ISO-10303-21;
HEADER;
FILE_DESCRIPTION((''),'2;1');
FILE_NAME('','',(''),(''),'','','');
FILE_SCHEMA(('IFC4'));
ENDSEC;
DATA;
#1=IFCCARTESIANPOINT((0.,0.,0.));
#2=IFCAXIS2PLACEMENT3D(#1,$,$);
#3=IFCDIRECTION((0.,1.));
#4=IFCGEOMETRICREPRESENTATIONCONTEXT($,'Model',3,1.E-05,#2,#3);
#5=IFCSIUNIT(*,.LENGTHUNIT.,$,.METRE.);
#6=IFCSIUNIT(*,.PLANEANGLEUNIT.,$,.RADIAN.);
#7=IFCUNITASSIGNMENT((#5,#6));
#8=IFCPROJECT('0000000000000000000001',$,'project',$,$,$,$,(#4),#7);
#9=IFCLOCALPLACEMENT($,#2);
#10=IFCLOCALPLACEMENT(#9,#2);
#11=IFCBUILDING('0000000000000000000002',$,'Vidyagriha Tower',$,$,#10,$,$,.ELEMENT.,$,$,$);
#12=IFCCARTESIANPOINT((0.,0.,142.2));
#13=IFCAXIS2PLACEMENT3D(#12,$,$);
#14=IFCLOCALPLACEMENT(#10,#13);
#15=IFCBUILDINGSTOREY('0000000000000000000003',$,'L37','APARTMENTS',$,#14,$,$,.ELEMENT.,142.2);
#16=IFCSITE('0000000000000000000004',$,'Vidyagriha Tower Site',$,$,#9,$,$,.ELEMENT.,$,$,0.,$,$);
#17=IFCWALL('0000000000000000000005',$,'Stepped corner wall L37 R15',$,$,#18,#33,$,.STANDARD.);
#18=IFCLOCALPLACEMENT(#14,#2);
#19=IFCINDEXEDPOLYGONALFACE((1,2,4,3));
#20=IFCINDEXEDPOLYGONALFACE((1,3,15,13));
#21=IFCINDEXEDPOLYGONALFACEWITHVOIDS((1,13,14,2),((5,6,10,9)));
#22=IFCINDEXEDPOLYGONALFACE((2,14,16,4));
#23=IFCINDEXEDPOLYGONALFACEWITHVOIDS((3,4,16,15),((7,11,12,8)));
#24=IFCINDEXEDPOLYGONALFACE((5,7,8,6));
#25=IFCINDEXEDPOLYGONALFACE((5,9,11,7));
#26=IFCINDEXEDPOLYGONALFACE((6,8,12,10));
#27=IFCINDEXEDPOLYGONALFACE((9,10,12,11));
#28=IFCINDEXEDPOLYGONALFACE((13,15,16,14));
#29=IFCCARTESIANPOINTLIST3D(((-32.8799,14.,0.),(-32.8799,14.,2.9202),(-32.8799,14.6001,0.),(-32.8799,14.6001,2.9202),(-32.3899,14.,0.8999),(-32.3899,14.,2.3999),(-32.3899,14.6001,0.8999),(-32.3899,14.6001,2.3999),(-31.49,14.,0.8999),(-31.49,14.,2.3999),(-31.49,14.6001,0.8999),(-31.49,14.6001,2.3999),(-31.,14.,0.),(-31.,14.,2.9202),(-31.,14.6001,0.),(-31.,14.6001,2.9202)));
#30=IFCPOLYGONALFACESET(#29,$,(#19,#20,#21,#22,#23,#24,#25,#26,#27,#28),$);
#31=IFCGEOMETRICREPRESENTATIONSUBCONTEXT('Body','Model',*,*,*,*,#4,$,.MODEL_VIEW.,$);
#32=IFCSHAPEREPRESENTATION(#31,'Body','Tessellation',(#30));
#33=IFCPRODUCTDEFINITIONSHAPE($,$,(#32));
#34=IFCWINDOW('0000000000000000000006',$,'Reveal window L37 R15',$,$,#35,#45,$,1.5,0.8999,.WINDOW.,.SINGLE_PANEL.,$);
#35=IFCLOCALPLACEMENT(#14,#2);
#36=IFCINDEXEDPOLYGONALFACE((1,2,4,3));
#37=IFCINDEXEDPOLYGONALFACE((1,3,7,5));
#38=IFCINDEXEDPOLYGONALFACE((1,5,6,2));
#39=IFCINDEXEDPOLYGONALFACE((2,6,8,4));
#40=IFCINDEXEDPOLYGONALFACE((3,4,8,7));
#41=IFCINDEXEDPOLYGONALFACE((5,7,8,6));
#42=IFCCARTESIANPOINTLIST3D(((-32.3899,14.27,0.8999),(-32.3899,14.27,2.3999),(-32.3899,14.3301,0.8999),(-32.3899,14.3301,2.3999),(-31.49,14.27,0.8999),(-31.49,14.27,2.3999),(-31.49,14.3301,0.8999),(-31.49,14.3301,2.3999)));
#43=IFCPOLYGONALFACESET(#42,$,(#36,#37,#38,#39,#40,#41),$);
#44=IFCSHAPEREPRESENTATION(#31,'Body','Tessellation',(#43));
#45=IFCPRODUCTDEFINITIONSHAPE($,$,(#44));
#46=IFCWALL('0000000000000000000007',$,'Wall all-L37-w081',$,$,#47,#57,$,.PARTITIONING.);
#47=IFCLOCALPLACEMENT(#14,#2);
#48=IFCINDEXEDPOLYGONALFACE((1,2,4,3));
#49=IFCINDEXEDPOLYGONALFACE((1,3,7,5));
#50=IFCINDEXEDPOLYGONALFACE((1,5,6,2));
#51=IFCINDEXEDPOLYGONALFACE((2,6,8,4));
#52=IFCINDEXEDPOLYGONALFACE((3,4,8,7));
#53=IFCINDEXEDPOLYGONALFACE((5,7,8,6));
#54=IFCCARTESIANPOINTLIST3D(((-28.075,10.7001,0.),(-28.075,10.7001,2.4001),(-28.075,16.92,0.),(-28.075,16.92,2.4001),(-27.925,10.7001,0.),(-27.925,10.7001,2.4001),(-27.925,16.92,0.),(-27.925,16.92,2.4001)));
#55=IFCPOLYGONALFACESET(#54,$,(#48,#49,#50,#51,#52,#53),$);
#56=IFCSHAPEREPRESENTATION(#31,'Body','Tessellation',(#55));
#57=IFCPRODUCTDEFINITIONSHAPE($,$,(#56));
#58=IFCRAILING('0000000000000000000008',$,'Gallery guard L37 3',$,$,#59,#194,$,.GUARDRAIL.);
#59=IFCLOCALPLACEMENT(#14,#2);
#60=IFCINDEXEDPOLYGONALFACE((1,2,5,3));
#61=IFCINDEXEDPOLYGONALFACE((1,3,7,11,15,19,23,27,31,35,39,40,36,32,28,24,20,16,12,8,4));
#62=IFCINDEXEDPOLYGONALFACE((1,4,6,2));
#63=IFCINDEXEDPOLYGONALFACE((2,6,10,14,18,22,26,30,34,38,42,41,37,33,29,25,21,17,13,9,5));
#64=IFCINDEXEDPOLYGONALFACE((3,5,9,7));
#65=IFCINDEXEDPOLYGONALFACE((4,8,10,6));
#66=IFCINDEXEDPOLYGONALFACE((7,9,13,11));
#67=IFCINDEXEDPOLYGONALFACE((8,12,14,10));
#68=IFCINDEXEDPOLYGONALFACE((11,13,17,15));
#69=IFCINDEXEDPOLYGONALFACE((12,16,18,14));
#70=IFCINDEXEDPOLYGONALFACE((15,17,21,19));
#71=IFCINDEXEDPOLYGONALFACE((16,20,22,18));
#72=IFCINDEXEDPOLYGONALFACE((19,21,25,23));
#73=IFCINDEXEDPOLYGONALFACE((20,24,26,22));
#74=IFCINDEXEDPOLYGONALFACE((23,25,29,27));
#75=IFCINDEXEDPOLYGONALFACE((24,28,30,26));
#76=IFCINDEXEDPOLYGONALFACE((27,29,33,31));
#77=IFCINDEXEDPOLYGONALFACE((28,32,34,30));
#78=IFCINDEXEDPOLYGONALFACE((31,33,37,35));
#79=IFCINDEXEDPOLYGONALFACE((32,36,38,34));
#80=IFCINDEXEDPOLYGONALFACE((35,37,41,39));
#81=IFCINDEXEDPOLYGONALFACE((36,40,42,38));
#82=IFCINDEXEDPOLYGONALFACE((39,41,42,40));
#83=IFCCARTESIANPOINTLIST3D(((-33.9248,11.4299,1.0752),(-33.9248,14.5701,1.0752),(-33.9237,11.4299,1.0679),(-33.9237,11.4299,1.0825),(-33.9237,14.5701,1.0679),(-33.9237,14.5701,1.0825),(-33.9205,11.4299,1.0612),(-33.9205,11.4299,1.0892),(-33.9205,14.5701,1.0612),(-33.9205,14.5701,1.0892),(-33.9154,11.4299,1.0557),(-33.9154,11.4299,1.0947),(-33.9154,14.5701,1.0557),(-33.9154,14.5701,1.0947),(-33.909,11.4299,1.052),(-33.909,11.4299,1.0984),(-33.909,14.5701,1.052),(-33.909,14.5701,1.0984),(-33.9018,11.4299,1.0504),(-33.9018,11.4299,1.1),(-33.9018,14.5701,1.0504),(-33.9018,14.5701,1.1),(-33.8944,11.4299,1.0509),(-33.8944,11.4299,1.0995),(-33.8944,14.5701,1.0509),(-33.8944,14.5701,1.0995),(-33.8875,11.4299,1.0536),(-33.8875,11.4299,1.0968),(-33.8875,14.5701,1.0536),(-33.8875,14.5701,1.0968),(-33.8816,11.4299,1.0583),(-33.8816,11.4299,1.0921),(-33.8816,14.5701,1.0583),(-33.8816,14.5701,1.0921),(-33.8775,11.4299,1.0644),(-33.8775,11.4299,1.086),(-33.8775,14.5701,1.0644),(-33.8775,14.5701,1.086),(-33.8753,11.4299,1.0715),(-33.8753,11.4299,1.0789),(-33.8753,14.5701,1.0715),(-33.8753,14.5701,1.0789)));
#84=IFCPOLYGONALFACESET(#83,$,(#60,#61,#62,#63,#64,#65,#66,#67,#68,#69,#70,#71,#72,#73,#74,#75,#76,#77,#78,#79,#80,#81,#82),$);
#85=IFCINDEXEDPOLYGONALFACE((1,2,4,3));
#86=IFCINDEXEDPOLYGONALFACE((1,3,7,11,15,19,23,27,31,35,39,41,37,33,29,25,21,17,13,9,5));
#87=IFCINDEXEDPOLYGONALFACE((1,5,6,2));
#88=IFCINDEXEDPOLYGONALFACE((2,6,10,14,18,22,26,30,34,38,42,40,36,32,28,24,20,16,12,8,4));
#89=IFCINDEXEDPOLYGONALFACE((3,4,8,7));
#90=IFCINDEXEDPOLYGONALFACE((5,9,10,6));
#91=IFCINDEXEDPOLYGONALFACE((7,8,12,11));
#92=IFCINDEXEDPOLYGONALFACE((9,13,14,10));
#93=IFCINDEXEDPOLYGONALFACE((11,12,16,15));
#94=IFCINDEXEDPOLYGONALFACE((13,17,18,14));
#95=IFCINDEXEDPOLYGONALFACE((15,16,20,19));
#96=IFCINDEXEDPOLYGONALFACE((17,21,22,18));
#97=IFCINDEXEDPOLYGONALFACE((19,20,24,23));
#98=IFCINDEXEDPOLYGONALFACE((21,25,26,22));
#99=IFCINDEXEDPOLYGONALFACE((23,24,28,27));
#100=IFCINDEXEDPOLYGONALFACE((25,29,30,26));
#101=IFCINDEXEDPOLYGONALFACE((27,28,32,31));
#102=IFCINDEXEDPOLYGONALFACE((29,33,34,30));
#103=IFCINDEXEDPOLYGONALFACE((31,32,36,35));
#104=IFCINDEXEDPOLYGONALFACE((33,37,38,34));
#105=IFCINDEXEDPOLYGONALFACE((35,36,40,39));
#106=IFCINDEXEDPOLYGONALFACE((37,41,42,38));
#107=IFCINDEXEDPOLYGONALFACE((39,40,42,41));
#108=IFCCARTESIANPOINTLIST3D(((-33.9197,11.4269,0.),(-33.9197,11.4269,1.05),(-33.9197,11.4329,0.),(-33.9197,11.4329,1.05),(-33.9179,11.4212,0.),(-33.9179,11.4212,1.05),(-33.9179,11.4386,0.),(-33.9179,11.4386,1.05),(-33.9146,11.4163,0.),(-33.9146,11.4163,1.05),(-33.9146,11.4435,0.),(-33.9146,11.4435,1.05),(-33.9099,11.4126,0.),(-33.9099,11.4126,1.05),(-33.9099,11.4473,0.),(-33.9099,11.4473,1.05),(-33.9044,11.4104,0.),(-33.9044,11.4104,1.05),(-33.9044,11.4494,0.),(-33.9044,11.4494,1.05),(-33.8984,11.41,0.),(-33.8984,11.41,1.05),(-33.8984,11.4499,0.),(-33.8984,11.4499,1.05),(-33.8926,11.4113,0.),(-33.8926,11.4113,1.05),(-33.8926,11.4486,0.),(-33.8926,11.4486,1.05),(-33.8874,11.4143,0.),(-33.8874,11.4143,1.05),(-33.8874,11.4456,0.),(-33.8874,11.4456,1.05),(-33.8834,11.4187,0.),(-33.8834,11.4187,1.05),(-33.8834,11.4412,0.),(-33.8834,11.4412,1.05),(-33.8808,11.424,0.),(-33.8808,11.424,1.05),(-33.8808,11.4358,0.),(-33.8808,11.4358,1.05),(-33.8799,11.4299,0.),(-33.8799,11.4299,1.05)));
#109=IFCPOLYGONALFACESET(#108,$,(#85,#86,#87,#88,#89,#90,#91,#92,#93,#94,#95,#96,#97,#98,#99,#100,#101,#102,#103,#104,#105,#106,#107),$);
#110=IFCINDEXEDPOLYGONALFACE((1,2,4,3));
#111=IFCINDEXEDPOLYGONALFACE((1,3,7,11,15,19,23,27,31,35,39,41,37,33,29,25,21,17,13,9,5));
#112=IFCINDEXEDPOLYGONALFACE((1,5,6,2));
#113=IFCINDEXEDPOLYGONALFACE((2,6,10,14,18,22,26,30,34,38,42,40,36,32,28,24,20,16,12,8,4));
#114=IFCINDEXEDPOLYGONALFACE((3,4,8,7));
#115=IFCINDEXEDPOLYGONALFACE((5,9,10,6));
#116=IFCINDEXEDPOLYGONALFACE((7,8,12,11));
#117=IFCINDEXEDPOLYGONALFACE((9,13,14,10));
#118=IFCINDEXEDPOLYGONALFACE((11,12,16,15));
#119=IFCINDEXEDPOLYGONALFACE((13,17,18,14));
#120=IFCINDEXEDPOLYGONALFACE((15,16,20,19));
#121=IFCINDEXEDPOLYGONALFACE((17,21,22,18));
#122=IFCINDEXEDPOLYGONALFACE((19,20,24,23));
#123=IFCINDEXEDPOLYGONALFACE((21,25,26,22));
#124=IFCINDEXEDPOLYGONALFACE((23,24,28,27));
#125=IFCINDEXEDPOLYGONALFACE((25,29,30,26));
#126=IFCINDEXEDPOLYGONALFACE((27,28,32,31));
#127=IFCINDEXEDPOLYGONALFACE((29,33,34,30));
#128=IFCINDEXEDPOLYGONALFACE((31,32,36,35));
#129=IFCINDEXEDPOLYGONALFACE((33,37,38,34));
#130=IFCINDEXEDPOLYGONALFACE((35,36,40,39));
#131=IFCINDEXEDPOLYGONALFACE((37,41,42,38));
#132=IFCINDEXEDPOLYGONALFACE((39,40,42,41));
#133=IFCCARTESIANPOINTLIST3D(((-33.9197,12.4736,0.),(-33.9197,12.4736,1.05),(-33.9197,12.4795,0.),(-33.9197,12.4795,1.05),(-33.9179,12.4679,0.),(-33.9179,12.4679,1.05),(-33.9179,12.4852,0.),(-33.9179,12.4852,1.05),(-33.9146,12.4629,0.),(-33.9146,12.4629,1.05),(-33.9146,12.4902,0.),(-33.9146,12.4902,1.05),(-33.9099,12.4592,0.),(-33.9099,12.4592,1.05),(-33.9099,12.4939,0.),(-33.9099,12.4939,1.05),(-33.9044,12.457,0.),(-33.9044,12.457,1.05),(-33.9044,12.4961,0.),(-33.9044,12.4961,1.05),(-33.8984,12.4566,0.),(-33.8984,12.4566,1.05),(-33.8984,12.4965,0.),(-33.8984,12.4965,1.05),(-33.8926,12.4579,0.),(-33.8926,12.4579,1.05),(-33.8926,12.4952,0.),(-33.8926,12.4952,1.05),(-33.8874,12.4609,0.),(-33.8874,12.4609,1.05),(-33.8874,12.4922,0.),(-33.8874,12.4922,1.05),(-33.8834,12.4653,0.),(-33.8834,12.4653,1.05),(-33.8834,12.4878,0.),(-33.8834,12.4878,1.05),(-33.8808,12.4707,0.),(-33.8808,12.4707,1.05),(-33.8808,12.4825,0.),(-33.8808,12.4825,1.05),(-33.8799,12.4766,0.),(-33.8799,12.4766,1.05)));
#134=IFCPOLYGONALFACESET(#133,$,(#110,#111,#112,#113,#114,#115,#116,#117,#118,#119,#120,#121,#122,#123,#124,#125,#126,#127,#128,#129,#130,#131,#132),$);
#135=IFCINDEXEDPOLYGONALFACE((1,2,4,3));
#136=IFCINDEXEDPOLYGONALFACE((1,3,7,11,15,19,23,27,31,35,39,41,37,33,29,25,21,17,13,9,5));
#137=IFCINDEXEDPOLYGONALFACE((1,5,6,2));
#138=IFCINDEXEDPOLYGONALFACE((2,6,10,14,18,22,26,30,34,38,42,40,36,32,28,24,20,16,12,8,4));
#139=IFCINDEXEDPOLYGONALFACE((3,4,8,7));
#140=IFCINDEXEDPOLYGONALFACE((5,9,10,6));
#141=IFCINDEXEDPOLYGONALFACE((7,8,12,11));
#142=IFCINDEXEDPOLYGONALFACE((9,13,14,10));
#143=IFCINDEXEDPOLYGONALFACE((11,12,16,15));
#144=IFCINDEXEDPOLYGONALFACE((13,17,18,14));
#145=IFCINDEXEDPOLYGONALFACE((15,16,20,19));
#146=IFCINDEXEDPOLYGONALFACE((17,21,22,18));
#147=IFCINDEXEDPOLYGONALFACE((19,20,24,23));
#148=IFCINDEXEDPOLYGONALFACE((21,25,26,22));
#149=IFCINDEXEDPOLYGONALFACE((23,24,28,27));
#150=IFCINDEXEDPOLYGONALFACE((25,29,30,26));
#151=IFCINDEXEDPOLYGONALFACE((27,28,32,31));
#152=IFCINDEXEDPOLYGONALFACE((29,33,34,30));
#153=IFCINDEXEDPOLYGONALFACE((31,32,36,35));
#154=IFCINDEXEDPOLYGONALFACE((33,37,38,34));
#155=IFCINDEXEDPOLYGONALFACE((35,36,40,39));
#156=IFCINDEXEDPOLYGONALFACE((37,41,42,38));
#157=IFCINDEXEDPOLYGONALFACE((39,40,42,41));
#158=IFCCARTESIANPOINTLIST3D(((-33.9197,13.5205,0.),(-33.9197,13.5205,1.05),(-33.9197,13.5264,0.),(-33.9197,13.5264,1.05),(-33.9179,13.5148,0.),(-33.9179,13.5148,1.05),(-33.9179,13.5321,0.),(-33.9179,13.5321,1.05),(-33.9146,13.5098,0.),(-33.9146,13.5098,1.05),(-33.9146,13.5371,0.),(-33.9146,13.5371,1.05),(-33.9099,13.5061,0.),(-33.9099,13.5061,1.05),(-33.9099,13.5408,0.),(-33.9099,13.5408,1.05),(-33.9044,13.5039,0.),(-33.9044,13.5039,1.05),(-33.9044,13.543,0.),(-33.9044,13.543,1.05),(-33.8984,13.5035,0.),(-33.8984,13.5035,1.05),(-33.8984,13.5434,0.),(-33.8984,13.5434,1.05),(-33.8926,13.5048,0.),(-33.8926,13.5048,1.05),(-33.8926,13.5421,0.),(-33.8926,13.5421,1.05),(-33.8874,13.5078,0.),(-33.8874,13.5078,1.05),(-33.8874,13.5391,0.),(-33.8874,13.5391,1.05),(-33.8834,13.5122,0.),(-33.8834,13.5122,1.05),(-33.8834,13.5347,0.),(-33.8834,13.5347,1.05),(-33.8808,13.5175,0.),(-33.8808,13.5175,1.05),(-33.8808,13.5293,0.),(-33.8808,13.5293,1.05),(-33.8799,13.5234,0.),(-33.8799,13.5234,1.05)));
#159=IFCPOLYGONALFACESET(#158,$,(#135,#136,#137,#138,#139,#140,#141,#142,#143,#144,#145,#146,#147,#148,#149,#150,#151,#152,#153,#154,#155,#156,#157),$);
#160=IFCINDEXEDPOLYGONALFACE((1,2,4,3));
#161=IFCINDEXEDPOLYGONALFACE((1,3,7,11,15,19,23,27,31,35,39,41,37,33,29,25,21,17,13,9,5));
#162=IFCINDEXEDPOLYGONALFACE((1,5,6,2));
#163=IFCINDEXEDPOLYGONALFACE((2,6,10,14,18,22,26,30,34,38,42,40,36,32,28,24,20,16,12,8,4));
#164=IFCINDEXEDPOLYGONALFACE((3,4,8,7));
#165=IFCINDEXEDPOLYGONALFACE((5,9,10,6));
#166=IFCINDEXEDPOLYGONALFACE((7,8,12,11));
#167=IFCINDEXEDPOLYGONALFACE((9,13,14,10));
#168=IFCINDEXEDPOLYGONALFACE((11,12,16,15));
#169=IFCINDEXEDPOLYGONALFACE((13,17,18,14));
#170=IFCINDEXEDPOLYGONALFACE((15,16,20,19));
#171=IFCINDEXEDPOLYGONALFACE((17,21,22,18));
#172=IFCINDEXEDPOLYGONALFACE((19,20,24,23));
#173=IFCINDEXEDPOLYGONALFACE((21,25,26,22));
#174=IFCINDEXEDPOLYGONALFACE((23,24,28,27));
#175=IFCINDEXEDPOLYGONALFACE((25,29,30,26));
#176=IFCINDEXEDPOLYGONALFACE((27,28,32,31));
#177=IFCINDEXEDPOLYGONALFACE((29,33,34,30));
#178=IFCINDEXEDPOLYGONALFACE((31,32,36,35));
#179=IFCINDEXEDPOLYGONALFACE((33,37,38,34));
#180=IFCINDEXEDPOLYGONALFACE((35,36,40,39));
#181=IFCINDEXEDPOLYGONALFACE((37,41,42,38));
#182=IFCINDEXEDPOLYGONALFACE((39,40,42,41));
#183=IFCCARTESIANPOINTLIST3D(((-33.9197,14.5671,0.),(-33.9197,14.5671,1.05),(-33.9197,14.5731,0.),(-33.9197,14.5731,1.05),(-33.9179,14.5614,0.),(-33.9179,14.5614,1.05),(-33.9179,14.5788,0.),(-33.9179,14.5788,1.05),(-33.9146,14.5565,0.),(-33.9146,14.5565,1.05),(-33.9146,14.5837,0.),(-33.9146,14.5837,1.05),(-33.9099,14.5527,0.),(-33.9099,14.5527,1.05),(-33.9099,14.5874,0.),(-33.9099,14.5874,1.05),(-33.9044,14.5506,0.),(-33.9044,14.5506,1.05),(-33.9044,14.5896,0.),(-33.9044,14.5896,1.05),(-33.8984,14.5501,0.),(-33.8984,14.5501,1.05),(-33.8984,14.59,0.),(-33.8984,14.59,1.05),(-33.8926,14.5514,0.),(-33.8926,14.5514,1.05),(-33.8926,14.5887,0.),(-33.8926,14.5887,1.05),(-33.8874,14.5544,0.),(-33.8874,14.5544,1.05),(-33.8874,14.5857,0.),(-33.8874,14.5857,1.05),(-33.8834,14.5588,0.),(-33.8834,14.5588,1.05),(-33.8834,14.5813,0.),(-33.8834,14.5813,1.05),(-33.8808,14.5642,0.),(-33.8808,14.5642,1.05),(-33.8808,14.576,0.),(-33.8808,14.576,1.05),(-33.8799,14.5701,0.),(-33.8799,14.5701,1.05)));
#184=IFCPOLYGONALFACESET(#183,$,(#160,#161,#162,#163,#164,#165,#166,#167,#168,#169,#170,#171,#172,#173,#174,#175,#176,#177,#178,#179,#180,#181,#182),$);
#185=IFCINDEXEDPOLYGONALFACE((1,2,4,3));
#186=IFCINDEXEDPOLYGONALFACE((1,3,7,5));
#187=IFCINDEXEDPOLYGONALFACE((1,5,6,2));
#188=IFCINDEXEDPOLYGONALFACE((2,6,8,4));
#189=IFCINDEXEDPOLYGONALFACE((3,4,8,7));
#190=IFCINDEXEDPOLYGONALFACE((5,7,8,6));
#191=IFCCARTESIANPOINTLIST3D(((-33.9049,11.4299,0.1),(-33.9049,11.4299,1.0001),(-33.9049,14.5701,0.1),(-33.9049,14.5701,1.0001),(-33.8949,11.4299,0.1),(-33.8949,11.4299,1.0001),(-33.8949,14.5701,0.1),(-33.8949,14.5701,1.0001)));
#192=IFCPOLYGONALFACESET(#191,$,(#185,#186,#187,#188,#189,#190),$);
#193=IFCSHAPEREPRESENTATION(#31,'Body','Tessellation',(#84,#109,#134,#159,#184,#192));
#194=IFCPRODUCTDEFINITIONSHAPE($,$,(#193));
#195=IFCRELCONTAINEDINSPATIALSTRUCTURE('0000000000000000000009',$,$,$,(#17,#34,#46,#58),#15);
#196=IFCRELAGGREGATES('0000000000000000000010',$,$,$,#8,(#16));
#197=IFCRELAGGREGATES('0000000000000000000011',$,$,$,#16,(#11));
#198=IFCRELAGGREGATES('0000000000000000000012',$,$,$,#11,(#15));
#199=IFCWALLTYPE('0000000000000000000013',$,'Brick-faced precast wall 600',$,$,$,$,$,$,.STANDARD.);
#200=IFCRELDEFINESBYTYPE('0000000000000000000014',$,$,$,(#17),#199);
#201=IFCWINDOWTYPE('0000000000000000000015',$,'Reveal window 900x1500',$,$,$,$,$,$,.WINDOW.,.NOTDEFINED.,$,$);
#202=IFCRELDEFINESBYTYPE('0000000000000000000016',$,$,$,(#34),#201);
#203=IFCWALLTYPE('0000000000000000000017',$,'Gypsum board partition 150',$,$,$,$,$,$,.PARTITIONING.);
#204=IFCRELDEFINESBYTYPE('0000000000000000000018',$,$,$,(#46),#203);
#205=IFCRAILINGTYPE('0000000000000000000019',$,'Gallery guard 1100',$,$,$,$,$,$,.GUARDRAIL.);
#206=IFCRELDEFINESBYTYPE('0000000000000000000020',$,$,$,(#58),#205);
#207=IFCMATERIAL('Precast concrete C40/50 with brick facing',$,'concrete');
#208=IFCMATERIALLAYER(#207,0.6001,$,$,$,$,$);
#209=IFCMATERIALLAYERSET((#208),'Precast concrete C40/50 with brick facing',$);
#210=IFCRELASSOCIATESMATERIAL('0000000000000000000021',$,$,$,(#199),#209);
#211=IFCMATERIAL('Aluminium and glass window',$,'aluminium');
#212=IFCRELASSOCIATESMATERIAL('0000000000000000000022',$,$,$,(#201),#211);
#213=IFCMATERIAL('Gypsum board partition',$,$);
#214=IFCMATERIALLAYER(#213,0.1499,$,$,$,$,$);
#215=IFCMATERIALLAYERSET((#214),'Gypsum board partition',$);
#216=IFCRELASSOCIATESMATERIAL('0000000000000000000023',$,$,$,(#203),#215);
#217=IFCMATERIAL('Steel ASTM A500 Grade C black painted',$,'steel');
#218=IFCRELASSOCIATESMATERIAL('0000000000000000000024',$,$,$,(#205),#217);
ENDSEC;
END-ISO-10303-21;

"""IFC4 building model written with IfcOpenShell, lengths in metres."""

from ifc_helpers import new_model, si_unit, direction, frame, frame_2d, origin, origin_2d, place, context, subcontext, project, spatial, rectangle, circle, extrude, material, layer, layer_set, type_object, element, fill, save


model = new_model("IFC4")

# Units and contexts
model_context = context("Model", 3, precision=1e-05, world=origin(), true_north=direction((0.0, 1.0)))
body_context = subcontext(model_context, "Body", "Model", "MODEL_VIEW")
ifc_project = project(units=[si_unit("LENGTHUNIT", "METRE"), si_unit("PLANEANGLEUNIT", "RADIAN")], contexts=[model_context])

# Site, building, storey
site_placement = place(None, origin())
site = spatial("IfcSite", under=ifc_project, at=site_placement, Name="Vidyagriha Tower Site", CompositionType="ELEMENT", RefElevation=0.0)
building_placement = place(site_placement, origin())
building = spatial("IfcBuilding", under=site, at=building_placement, Name="Vidyagriha Tower", CompositionType="ELEMENT")
storey_placement = place(building_placement, frame((0.0, 0.0, 142.2)))
storey = spatial("IfcBuildingStorey", under=building, at=storey_placement, Name="L37", Description="APARTMENTS", CompositionType="ELEMENT", Elevation=142.2)

# Shared definitions
ifc_material_1 = material(Name="Precast concrete C40/50 with brick facing", Category="concrete")
ifc_layer_1 = layer(ifc_material_1, 0.6001)
ifc_layer_set_1 = layer_set([ifc_layer_1], Name="Precast concrete C40/50 with brick facing")
wall_type_1 = type_object("IfcWallType", Name="Brick-faced precast wall 600", PredefinedType="STANDARD", material=ifc_layer_set_1)

# Shared definitions
ifc_material_2 = material(Name="Aluminium and glass window", Category="aluminium")
window_type = type_object("IfcWindowType", Name="Reveal window 900x1500", PartitioningType="NOTDEFINED", PredefinedType="WINDOW", material=ifc_material_2)

# Wall, opening, window
wall_1_placement = place(storey_placement, frame((-31.0, 14.3, 0.0), z_axis=(0.0, 0.0, 1.0), x_axis=(-1.0, 0.0, 0.0)))
wall_1 = element("IfcWall", 1, at=wall_1_placement, inside=storey, type_object=wall_type_1, Name="Stepped corner wall L37 R15", PredefinedType="STANDARD", context=body_context, shape_type="SweptSolid", body=[
    extrude(rectangle(XDim=1.8799, YDim=0.6001, at=frame_2d((0.9399, 0.0))), origin(), (0.0, 0.0, 1.0), 2.9202),
])
opening_1_placement = place(wall_1_placement, frame((0.49, 0.0, 0.8999)))
opening_1 = element("IfcOpeningElement", 2, at=opening_1_placement, cuts=wall_1, PredefinedType="OPENING", context=body_context, shape_type="SweptSolid", body=[
    extrude(rectangle(XDim=0.8999, YDim=1.5, at=frame_2d((0.45, 0.75))), frame((0.0, 0.3101, 0.0), z_axis=(0.0, -1.0, 0.0), x_axis=(1.0, 0.0, 0.0)), (0.0, 0.0, 1.0), 0.6201),
])
window_1_placement = place(opening_1_placement, origin())
window_1 = element("IfcWindow", 3, at=window_1_placement, inside=storey, type_object=window_type, Name="Reveal window L37 R15", OverallHeight=1.5, OverallWidth=0.8999, PartitioningType="SINGLE_PANEL", PredefinedType="WINDOW", context=body_context, shape_type="SweptSolid", body=[
    extrude(rectangle(XDim=0.8999, YDim=1.5, at=frame_2d((0.45, 0.75))), frame((0.0, 0.03, 0.0), z_axis=(0.0, -1.0, 0.0), x_axis=(1.0, 0.0, 0.0)), (0.0, 0.0, 1.0), 0.0601),
])
fill(opening_1, window_1)

# Wall
ifc_material_3 = material(Name="Gypsum board partition")
ifc_layer_2 = layer(ifc_material_3, 0.1499)
ifc_layer_set_2 = layer_set([ifc_layer_2], Name="Gypsum board partition")
wall_type_2 = type_object("IfcWallType", Name="Gypsum board partition 150", PredefinedType="PARTITIONING", material=ifc_layer_set_2)
wall_2_placement = place(storey_placement, frame((-28.0, 16.9199, 0.0), z_axis=(0.0, 0.0, 1.0), x_axis=(0.0, -1.0, 0.0)))
element("IfcWall", 4, at=wall_2_placement, inside=storey, type_object=wall_type_2, Name="Wall all-L37-w081", PredefinedType="PARTITIONING", context=body_context, shape_type="SweptSolid", body=[
    extrude(rectangle(XDim=6.22, YDim=0.1499, at=frame_2d((3.1099, 0.0))), origin(), (0.0, 0.0, 1.0), 2.4001),
])

# Railing
ifc_material_4 = material(Name="Steel ASTM A500 Grade C black painted", Category="steel")
railing_type = type_object("IfcRailingType", Name="Gallery guard 1100", PredefinedType="GUARDRAIL", material=ifc_material_4)
railing_1_placement = place(storey_placement, frame((-33.8999, 11.4299, 0.0)))
element("IfcRailing", 5, at=railing_1_placement, inside=storey, type_object=railing_type, Name="Gallery guard L37 3", PredefinedType="GUARDRAIL", context=body_context, shape_type="SweptSolid", body=[
    extrude(circle(Radius=0.0249, at=origin_2d()), frame((0.0, 0.0, 1.0752), z_axis=(0.0, 1.0, 0.0), x_axis=(-1.0, 0.0, 0.0)), (0.0, 0.0, 1.0), 3.1401),
    extrude(circle(Radius=0.02, at=origin_2d()), origin(), (0.0, 0.0, 1.0), 1.05),
    extrude(circle(Radius=0.02, at=origin_2d()), frame((0.0, 1.0466, 0.0)), (0.0, 0.0, 1.0), 1.05),
    extrude(circle(Radius=0.02, at=origin_2d()), frame((0.0, 2.0935, 0.0)), (0.0, 0.0, 1.0), 1.05),
    extrude(circle(Radius=0.02, at=origin_2d()), frame((0.0, 3.1401, 0.0)), (0.0, 0.0, 1.0), 1.05),
    extrude(rectangle(XDim=0.01, YDim=0.9001, at=origin_2d()), frame((0.0, 0.0, 0.55), z_axis=(0.0, 1.0, 0.0), x_axis=(-1.0, 0.0, 0.0)), (0.0, 0.0, 1.0), 3.1401),
])

save(model, "model.ifc")
